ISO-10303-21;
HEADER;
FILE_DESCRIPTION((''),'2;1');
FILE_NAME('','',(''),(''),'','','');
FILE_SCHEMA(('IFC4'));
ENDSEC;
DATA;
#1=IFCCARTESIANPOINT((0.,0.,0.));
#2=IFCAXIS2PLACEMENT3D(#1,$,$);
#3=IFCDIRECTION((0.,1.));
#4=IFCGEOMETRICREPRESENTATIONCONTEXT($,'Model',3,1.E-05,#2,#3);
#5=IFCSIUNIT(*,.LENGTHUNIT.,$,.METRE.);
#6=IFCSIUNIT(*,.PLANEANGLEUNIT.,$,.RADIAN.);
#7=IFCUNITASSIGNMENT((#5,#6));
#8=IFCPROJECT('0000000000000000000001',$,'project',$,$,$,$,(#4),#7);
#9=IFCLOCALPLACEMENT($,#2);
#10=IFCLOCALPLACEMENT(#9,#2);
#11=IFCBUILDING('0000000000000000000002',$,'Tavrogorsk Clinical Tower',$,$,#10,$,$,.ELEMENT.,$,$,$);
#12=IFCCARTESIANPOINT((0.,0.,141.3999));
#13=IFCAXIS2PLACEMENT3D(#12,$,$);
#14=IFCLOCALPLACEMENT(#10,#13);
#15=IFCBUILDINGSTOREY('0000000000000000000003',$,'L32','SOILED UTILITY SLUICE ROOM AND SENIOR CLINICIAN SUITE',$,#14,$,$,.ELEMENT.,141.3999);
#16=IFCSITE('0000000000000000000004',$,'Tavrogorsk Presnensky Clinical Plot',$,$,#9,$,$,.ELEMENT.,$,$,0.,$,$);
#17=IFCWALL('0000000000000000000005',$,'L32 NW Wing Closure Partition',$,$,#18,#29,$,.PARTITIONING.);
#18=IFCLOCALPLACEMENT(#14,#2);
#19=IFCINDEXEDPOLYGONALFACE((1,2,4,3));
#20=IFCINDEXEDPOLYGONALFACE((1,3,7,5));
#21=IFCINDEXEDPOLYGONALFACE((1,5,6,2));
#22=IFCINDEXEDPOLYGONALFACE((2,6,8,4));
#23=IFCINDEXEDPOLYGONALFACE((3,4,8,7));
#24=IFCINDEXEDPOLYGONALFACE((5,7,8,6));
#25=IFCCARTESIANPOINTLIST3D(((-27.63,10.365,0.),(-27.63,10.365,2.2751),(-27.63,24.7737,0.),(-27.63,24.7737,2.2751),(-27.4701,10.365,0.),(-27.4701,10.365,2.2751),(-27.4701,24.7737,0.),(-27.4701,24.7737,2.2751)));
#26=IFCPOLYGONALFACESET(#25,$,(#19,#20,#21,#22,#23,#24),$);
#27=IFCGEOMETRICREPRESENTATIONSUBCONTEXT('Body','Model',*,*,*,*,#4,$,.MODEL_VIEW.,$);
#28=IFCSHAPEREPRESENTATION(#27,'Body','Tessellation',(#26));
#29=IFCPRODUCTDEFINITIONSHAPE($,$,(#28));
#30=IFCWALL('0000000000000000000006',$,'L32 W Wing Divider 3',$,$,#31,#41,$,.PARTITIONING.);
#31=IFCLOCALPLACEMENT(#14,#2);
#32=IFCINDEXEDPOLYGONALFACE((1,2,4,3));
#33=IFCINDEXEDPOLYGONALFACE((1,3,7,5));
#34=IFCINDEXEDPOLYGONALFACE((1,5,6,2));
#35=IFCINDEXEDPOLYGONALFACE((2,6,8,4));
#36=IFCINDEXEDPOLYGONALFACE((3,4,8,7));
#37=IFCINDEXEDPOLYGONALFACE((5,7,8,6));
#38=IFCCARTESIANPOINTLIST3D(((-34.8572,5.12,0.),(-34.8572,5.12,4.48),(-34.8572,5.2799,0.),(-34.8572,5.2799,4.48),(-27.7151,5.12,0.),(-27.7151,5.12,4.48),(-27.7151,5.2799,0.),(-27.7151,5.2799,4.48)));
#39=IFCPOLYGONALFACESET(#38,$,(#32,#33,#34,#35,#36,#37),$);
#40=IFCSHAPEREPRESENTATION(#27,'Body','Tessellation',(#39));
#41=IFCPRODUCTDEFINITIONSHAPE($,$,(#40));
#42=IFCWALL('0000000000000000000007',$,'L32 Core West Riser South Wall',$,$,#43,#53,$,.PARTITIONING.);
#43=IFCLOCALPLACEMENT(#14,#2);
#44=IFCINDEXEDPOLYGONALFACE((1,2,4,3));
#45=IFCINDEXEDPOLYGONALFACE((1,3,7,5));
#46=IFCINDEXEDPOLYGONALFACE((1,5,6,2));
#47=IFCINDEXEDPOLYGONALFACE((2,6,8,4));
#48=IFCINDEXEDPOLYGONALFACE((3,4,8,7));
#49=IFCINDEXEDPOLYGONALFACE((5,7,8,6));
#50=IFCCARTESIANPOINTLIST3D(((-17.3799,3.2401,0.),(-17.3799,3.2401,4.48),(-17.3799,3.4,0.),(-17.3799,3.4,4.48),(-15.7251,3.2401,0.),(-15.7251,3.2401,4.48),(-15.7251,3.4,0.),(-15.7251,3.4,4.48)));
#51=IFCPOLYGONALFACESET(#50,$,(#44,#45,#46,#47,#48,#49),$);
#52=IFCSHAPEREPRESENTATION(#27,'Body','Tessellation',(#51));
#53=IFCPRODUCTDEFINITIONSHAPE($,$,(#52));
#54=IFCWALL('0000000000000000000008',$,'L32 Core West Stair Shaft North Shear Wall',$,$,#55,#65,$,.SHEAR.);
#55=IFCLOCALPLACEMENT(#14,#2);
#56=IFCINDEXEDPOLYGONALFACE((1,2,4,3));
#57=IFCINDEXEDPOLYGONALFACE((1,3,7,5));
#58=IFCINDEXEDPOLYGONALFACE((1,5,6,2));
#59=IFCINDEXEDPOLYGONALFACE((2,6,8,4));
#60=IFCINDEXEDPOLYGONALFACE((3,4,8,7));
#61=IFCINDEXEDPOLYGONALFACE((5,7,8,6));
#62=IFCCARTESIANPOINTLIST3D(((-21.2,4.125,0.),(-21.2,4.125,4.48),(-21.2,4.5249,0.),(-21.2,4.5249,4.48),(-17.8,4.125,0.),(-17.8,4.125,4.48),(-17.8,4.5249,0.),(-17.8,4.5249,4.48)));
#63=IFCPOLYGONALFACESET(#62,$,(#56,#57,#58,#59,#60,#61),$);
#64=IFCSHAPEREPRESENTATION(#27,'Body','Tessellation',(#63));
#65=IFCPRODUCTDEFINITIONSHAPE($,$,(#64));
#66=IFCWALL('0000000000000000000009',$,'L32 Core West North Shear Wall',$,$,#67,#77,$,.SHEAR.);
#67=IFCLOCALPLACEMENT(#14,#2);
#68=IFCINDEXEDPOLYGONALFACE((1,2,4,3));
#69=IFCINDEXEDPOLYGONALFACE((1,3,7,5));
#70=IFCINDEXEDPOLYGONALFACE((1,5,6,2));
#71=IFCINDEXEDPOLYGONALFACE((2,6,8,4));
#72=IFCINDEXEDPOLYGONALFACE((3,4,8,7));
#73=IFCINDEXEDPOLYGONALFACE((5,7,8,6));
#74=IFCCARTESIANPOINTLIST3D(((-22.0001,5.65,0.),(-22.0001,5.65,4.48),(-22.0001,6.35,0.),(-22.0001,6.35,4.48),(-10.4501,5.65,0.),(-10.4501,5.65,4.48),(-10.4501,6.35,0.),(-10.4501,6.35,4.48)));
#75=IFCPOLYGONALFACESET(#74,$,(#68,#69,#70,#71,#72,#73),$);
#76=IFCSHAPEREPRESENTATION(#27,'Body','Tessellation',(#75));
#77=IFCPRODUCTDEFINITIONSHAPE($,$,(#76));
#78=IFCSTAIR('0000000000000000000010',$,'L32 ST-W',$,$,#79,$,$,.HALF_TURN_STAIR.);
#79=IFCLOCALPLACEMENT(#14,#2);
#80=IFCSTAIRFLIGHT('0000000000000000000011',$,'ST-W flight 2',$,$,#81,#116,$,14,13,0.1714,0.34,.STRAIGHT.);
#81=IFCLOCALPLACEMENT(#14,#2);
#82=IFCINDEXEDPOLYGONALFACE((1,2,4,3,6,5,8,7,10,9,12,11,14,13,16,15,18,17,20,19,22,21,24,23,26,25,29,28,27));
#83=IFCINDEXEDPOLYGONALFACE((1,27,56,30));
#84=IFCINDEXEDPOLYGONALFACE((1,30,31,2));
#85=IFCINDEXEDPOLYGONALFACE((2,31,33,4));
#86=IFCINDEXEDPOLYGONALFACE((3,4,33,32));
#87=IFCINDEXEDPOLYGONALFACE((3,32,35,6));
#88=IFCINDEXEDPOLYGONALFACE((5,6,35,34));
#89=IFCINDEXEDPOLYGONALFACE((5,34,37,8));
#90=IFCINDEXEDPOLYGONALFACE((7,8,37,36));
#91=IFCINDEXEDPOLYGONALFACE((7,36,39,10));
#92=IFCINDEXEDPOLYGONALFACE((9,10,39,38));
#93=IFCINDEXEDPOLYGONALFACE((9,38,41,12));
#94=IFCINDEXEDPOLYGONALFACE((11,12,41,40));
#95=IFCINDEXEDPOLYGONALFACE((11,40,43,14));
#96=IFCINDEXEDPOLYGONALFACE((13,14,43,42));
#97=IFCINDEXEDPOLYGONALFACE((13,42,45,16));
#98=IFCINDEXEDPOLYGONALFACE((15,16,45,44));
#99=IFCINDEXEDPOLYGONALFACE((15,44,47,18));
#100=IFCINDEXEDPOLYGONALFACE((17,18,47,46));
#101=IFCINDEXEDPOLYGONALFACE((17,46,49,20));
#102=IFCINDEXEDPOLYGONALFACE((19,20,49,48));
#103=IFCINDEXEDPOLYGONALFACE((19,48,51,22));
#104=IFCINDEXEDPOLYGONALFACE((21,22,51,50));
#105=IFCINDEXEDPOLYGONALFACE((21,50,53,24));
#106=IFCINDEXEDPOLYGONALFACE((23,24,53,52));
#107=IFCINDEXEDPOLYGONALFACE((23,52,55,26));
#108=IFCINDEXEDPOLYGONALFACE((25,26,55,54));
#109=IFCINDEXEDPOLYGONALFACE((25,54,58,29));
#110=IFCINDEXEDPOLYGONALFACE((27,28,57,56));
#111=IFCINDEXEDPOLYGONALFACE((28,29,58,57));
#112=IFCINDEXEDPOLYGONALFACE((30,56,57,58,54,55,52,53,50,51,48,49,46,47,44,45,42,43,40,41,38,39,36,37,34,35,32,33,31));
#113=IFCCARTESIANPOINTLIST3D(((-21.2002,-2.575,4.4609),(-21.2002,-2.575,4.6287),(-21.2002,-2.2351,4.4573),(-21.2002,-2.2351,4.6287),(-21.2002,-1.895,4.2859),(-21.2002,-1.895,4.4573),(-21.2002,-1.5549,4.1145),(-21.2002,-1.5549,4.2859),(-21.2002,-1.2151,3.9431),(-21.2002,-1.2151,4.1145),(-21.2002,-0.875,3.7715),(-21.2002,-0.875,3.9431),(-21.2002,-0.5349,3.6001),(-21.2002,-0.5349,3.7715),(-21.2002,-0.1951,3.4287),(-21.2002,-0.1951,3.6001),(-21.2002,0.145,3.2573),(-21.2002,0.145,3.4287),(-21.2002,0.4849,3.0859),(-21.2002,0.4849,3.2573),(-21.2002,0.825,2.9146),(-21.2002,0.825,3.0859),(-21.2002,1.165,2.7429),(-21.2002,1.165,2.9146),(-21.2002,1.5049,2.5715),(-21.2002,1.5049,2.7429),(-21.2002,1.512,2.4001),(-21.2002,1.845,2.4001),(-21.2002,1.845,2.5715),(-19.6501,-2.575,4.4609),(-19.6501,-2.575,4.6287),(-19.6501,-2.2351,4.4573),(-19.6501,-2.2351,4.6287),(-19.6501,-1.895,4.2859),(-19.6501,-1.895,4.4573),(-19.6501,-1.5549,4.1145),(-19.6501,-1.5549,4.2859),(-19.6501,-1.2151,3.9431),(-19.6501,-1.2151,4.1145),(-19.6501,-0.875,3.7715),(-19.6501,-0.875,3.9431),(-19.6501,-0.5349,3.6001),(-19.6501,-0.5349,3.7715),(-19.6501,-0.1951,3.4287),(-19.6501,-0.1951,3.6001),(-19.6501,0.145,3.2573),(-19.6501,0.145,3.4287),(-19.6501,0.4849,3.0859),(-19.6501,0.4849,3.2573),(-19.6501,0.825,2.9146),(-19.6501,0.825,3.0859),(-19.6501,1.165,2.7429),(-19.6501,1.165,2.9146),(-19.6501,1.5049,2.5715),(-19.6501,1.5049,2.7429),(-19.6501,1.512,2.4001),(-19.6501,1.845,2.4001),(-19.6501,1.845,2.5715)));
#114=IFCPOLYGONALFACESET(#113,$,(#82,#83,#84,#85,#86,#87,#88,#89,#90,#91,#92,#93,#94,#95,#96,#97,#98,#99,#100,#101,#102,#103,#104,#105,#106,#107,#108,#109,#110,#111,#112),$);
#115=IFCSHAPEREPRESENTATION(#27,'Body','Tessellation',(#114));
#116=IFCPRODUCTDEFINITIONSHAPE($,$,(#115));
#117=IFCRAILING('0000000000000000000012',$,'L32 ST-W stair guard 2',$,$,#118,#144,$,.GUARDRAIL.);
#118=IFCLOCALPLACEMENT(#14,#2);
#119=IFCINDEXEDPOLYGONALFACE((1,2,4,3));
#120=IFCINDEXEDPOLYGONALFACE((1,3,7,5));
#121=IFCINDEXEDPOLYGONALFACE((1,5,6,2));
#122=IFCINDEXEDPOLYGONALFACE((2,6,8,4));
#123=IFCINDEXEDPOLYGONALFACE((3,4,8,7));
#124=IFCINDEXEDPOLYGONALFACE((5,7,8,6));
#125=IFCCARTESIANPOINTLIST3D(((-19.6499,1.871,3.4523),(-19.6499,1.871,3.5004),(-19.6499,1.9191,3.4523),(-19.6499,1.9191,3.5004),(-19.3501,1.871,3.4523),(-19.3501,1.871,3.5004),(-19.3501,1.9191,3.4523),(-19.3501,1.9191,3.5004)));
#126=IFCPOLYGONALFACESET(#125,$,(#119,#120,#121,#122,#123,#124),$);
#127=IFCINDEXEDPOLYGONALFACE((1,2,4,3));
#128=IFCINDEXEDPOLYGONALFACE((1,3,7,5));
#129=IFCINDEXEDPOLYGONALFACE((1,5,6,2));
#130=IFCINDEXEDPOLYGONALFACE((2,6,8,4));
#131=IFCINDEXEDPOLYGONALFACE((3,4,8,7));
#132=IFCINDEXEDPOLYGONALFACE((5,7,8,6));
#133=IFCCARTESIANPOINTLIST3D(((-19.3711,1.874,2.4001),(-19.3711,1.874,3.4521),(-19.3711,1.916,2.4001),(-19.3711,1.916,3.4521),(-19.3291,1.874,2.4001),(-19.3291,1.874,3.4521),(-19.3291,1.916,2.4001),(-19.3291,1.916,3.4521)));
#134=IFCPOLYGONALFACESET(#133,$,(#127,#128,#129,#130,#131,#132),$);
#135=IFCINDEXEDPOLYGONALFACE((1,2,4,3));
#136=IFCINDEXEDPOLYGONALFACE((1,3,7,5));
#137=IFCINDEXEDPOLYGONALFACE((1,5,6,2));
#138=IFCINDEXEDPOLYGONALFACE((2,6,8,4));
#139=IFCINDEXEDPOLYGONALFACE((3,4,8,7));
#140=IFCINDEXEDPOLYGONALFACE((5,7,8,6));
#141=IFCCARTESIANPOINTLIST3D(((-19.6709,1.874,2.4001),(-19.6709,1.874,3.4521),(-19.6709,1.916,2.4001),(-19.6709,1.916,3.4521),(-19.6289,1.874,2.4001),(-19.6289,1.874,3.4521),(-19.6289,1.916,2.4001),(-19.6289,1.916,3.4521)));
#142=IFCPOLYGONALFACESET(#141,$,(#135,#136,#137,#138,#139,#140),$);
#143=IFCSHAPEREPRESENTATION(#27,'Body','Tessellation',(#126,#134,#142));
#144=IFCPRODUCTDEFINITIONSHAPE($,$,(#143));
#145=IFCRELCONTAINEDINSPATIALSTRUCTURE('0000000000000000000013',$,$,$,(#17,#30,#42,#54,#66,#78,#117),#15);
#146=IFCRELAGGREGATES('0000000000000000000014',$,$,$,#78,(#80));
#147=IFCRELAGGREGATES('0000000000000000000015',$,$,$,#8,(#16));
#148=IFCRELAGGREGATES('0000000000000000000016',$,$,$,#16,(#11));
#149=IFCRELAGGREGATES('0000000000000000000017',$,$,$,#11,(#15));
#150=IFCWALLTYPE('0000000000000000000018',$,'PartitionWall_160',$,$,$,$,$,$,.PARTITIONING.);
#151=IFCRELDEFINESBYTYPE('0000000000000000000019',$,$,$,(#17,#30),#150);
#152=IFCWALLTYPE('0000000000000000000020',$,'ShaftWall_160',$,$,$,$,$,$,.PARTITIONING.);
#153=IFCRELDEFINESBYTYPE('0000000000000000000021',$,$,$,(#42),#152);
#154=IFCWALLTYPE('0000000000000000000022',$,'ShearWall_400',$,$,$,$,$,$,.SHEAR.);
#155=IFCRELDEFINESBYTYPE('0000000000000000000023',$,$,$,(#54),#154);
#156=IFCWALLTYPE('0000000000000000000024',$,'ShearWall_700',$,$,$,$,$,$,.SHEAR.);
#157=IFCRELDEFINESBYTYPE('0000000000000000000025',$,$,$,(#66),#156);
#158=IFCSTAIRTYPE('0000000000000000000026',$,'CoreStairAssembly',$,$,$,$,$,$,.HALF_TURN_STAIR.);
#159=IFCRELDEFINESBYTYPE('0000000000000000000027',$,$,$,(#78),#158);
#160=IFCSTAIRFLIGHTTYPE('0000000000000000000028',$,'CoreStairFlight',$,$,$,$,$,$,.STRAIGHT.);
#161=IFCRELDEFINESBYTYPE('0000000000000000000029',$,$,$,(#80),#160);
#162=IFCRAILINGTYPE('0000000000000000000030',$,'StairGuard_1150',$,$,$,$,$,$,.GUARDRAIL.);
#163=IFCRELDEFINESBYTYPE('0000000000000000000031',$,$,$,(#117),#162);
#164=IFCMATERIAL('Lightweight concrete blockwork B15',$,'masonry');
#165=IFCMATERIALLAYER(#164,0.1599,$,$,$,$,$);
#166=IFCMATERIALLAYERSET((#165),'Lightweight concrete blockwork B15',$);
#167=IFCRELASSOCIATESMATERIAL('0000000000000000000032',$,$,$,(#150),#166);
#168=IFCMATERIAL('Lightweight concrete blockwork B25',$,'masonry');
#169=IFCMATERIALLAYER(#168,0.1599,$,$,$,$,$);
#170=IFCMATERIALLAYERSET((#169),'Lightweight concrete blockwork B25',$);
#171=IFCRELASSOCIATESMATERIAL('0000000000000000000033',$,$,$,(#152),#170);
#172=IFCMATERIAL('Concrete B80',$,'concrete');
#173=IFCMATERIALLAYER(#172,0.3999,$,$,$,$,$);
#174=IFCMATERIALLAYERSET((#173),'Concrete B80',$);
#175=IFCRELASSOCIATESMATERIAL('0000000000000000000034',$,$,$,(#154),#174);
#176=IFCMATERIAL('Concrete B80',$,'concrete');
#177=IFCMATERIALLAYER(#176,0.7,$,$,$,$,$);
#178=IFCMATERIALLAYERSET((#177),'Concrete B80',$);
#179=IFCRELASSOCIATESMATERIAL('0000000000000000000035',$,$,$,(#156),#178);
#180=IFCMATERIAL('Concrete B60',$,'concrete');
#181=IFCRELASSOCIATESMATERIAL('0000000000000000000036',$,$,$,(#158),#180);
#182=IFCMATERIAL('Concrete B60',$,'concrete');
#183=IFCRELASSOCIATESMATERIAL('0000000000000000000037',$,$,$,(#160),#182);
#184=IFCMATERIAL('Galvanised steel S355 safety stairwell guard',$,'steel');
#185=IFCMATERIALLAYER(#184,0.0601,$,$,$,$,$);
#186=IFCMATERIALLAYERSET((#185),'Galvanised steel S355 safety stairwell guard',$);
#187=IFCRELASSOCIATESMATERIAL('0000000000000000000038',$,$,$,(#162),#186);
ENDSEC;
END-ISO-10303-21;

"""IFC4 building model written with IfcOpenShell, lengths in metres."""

from ifc_helpers import new_model, si_unit, direction, frame, frame_2d, origin, origin_2d, place, context, subcontext, project, spatial, polyline, rectangle, outline, extrude, material, layer, layer_set, type_object, element, aggregate, save


model = new_model("IFC4")

# Units and contexts
model_context = context("Model", 3, precision=1e-05, world=origin(), true_north=direction((0.0, 1.0)))
body_context = subcontext(model_context, "Body", "Model", "MODEL_VIEW")
ifc_project = project(units=[si_unit("LENGTHUNIT", "METRE"), si_unit("PLANEANGLEUNIT", "RADIAN")], contexts=[model_context])

# Site, building, storey
site_placement = place(None, origin())
site = spatial("IfcSite", under=ifc_project, at=site_placement, Name="Tavrogorsk Presnensky Clinical Plot", CompositionType="ELEMENT", RefElevation=0.0)
building_placement = place(site_placement, origin())
building = spatial("IfcBuilding", under=site, at=building_placement, Name="Tavrogorsk Clinical Tower", CompositionType="ELEMENT")
storey_placement = place(building_placement, frame((0.0, 0.0, 141.3999)))
storey = spatial("IfcBuildingStorey", under=building, at=storey_placement, Name="L32", Description="SOILED UTILITY SLUICE ROOM AND SENIOR CLINICIAN SUITE", CompositionType="ELEMENT", Elevation=141.3999)

# Shared definitions
ifc_material_1 = material(Name="Lightweight concrete blockwork B15", Category="masonry")
ifc_layer_1 = layer(ifc_material_1, 0.1599)
ifc_layer_set_1 = layer_set([ifc_layer_1], Name="Lightweight concrete blockwork B15")
wall_type_1 = type_object("IfcWallType", Name="PartitionWall_160", PredefinedType="PARTITIONING", material=ifc_layer_set_1)

# Walls
wall_1_placement = place(storey_placement, frame((-27.55, 10.365, 0.0), z_axis=(0.0, 0.0, 1.0), x_axis=(0.0, 1.0, 0.0)))
element("IfcWall", 1, at=wall_1_placement, inside=storey, type_object=wall_type_1, Name="L32 NW Wing Closure Partition", PredefinedType="PARTITIONING", context=body_context, shape_type="SweptSolid", body=[
    extrude(rectangle(XDim=14.4087, YDim=0.1599, at=frame_2d((7.2043, 0.0))), origin(), (0.0, 0.0, 1.0), 2.2751),
])
wall_2_placement = place(storey_placement, frame((-34.8572, 5.2, 0.0), z_axis=(0.0, 0.0, 1.0), x_axis=(1.0, 0.0, 0.0)))
element("IfcWall", 2, at=wall_2_placement, inside=storey, type_object=wall_type_1, Name="L32 W Wing Divider 3", PredefinedType="PARTITIONING", context=body_context, shape_type="SweptSolid", body=[
    extrude(rectangle(XDim=7.1421, YDim=0.1599, at=frame_2d((3.571, 0.0))), origin(), (0.0, 0.0, 1.0), 4.48),
])
ifc_material_2 = material(Name="Lightweight concrete blockwork B25", Category="masonry")
ifc_layer_2 = layer(ifc_material_2, 0.1599)
ifc_layer_set_2 = layer_set([ifc_layer_2], Name="Lightweight concrete blockwork B25")
wall_type_2 = type_object("IfcWallType", Name="ShaftWall_160", PredefinedType="PARTITIONING", material=ifc_layer_set_2)
wall_3_placement = place(storey_placement, frame((-17.3799, 3.3201, 0.0), z_axis=(0.0, 0.0, 1.0), x_axis=(1.0, 0.0, 0.0)))
element("IfcWall", 3, at=wall_3_placement, inside=storey, type_object=wall_type_2, Name="L32 Core West Riser South Wall", PredefinedType="PARTITIONING", context=body_context, shape_type="SweptSolid", body=[
    extrude(rectangle(XDim=1.6548, YDim=0.1599, at=frame_2d((0.8274, 0.0))), origin(), (0.0, 0.0, 1.0), 4.48),
])
ifc_material_3 = material(Name="Concrete B80", Category="concrete")
ifc_layer_3 = layer(ifc_material_3, 0.3999)
ifc_layer_set_3 = layer_set([ifc_layer_3], Name="Concrete B80")
wall_type_3 = type_object("IfcWallType", Name="ShearWall_400", PredefinedType="SHEAR", material=ifc_layer_set_3)
wall_4_placement = place(storey_placement, frame((-21.2, 4.325, 0.0), z_axis=(0.0, 0.0, 1.0), x_axis=(1.0, 0.0, 0.0)))
element("IfcWall", 4, at=wall_4_placement, inside=storey, type_object=wall_type_3, Name="L32 Core West Stair Shaft North Shear Wall", PredefinedType="SHEAR", context=body_context, shape_type="SweptSolid", body=[
    extrude(rectangle(XDim=3.3999, YDim=0.3999, at=frame_2d((1.7, 0.0))), origin(), (0.0, 0.0, 1.0), 4.48),
])
ifc_material_4 = material(Name="Concrete B80", Category="concrete")
ifc_layer_4 = layer(ifc_material_4, 0.7)
ifc_layer_set_4 = layer_set([ifc_layer_4], Name="Concrete B80")
wall_type_4 = type_object("IfcWallType", Name="ShearWall_700", PredefinedType="SHEAR", material=ifc_layer_set_4)
wall_5_placement = place(storey_placement, frame((-22.0, 6.0, 0.0), z_axis=(0.0, 0.0, 1.0), x_axis=(1.0, 0.0, 0.0)))
element("IfcWall", 5, at=wall_5_placement, inside=storey, type_object=wall_type_4, Name="L32 Core West North Shear Wall", PredefinedType="SHEAR", context=body_context, shape_type="SweptSolid", body=[
    extrude(rectangle(XDim=11.55, YDim=0.7, at=frame_2d((5.7749, 0.0))), origin(), (0.0, 0.0, 1.0), 4.48),
])

# Stair, stair flight
ifc_material_5 = material(Name="Concrete B60", Category="concrete")
stair_type = type_object("IfcStairType", Name="CoreStairAssembly", PredefinedType="HALF_TURN_STAIR", material=ifc_material_5)
stair_placement = place(storey_placement, origin())
stair = element("IfcStair", 6, at=stair_placement, inside=storey, type_object=stair_type, Name="L32 ST-W", PredefinedType="HALF_TURN_STAIR")
ifc_material_6 = material(Name="Concrete B60", Category="concrete")
stair_flight_type = type_object("IfcStairFlightType", Name="CoreStairFlight", PredefinedType="STRAIGHT", material=ifc_material_6)
stair_flight_placement = place(storey_placement, frame((-20.425, 1.845, 2.4001), z_axis=(0.0, 0.0, 1.0), x_axis=(0.0, -1.0, 0.0)))
stair_flight = element("IfcStairFlight", 7, at=stair_flight_placement, type_object=stair_flight_type, Name="ST-W flight 2", NumberOfRisers=14, NumberOfTreads=13, PredefinedType="STRAIGHT", RiserHeight=0.1714, TreadLength=0.34, context=body_context, shape_type="SweptSolid", body=[
    extrude(outline(polyline([(0.0, 0.0), (0.0, 0.1714), (0.3401, 0.1714), (0.3401, 0.3428), (0.6799, 0.3428), (0.6799, 0.5144), (1.02, 0.5144), (1.02, 0.6858), (1.3601, 0.6858), (1.3601, 0.8572), (1.7, 0.8572), (1.7, 1.0286), (2.04, 1.0286), (2.04, 1.2), (2.3799, 1.2), (2.3799, 1.3713), (2.72, 1.3713), (2.72, 1.543), (3.0601, 1.543), (3.0601, 1.7144), (3.3999, 1.7144), (3.3999, 1.8857), (3.74, 1.8857), (3.74, 2.0571), (4.0801, 2.0571), (4.0801, 2.2285), (4.4199, 2.2285), (4.4199, 2.3999), (4.4199, 2.0608), (0.333, 0.0), (0.0, 0.0)])), frame((0.0, 0.7749, 0.0), z_axis=(0.0, -1.0, 0.0), x_axis=(1.0, 0.0, 0.0)), (0.0, 0.0, 1.0), 1.55),
])
aggregate(stair, [stair_flight])

# Railing
ifc_material_7 = material(Name="Galvanised steel S355 safety stairwell guard", Category="steel")
ifc_layer_5 = layer(ifc_material_7, 0.0601)
ifc_layer_set_5 = layer_set([ifc_layer_5], Name="Galvanised steel S355 safety stairwell guard")
railing_type_1 = type_object("IfcRailingType", Name="StairGuard_1150", PredefinedType="GUARDRAIL", material=ifc_layer_set_5)
railing_1_placement = place(storey_placement, frame((-19.3501, 1.895, 2.4001)))
element("IfcRailing", 8, at=railing_1_placement, inside=storey, type_object=railing_type_1, Name="L32 ST-W stair guard 2", PredefinedType="GUARDRAIL", context=body_context, shape_type="SweptSolid", body=[
    extrude(rectangle(XDim=0.0481, YDim=0.0481, at=origin_2d()), frame((0.0, 0.0, 1.0762), z_axis=(-1.0, 0.0, 0.0), x_axis=(0.0, -1.0, 0.0)), (0.0, 0.0, 1.0), 0.2998),
    extrude(rectangle(XDim=0.042, YDim=0.042, at=origin_2d()), origin(), (0.0, 0.0, 1.0), 1.052),
    extrude(rectangle(XDim=0.042, YDim=0.042, at=origin_2d()), frame((-0.2998, 0.0, 0.0)), (0.0, 0.0, 1.0), 1.052),
])

save(model, "model.ifc")
